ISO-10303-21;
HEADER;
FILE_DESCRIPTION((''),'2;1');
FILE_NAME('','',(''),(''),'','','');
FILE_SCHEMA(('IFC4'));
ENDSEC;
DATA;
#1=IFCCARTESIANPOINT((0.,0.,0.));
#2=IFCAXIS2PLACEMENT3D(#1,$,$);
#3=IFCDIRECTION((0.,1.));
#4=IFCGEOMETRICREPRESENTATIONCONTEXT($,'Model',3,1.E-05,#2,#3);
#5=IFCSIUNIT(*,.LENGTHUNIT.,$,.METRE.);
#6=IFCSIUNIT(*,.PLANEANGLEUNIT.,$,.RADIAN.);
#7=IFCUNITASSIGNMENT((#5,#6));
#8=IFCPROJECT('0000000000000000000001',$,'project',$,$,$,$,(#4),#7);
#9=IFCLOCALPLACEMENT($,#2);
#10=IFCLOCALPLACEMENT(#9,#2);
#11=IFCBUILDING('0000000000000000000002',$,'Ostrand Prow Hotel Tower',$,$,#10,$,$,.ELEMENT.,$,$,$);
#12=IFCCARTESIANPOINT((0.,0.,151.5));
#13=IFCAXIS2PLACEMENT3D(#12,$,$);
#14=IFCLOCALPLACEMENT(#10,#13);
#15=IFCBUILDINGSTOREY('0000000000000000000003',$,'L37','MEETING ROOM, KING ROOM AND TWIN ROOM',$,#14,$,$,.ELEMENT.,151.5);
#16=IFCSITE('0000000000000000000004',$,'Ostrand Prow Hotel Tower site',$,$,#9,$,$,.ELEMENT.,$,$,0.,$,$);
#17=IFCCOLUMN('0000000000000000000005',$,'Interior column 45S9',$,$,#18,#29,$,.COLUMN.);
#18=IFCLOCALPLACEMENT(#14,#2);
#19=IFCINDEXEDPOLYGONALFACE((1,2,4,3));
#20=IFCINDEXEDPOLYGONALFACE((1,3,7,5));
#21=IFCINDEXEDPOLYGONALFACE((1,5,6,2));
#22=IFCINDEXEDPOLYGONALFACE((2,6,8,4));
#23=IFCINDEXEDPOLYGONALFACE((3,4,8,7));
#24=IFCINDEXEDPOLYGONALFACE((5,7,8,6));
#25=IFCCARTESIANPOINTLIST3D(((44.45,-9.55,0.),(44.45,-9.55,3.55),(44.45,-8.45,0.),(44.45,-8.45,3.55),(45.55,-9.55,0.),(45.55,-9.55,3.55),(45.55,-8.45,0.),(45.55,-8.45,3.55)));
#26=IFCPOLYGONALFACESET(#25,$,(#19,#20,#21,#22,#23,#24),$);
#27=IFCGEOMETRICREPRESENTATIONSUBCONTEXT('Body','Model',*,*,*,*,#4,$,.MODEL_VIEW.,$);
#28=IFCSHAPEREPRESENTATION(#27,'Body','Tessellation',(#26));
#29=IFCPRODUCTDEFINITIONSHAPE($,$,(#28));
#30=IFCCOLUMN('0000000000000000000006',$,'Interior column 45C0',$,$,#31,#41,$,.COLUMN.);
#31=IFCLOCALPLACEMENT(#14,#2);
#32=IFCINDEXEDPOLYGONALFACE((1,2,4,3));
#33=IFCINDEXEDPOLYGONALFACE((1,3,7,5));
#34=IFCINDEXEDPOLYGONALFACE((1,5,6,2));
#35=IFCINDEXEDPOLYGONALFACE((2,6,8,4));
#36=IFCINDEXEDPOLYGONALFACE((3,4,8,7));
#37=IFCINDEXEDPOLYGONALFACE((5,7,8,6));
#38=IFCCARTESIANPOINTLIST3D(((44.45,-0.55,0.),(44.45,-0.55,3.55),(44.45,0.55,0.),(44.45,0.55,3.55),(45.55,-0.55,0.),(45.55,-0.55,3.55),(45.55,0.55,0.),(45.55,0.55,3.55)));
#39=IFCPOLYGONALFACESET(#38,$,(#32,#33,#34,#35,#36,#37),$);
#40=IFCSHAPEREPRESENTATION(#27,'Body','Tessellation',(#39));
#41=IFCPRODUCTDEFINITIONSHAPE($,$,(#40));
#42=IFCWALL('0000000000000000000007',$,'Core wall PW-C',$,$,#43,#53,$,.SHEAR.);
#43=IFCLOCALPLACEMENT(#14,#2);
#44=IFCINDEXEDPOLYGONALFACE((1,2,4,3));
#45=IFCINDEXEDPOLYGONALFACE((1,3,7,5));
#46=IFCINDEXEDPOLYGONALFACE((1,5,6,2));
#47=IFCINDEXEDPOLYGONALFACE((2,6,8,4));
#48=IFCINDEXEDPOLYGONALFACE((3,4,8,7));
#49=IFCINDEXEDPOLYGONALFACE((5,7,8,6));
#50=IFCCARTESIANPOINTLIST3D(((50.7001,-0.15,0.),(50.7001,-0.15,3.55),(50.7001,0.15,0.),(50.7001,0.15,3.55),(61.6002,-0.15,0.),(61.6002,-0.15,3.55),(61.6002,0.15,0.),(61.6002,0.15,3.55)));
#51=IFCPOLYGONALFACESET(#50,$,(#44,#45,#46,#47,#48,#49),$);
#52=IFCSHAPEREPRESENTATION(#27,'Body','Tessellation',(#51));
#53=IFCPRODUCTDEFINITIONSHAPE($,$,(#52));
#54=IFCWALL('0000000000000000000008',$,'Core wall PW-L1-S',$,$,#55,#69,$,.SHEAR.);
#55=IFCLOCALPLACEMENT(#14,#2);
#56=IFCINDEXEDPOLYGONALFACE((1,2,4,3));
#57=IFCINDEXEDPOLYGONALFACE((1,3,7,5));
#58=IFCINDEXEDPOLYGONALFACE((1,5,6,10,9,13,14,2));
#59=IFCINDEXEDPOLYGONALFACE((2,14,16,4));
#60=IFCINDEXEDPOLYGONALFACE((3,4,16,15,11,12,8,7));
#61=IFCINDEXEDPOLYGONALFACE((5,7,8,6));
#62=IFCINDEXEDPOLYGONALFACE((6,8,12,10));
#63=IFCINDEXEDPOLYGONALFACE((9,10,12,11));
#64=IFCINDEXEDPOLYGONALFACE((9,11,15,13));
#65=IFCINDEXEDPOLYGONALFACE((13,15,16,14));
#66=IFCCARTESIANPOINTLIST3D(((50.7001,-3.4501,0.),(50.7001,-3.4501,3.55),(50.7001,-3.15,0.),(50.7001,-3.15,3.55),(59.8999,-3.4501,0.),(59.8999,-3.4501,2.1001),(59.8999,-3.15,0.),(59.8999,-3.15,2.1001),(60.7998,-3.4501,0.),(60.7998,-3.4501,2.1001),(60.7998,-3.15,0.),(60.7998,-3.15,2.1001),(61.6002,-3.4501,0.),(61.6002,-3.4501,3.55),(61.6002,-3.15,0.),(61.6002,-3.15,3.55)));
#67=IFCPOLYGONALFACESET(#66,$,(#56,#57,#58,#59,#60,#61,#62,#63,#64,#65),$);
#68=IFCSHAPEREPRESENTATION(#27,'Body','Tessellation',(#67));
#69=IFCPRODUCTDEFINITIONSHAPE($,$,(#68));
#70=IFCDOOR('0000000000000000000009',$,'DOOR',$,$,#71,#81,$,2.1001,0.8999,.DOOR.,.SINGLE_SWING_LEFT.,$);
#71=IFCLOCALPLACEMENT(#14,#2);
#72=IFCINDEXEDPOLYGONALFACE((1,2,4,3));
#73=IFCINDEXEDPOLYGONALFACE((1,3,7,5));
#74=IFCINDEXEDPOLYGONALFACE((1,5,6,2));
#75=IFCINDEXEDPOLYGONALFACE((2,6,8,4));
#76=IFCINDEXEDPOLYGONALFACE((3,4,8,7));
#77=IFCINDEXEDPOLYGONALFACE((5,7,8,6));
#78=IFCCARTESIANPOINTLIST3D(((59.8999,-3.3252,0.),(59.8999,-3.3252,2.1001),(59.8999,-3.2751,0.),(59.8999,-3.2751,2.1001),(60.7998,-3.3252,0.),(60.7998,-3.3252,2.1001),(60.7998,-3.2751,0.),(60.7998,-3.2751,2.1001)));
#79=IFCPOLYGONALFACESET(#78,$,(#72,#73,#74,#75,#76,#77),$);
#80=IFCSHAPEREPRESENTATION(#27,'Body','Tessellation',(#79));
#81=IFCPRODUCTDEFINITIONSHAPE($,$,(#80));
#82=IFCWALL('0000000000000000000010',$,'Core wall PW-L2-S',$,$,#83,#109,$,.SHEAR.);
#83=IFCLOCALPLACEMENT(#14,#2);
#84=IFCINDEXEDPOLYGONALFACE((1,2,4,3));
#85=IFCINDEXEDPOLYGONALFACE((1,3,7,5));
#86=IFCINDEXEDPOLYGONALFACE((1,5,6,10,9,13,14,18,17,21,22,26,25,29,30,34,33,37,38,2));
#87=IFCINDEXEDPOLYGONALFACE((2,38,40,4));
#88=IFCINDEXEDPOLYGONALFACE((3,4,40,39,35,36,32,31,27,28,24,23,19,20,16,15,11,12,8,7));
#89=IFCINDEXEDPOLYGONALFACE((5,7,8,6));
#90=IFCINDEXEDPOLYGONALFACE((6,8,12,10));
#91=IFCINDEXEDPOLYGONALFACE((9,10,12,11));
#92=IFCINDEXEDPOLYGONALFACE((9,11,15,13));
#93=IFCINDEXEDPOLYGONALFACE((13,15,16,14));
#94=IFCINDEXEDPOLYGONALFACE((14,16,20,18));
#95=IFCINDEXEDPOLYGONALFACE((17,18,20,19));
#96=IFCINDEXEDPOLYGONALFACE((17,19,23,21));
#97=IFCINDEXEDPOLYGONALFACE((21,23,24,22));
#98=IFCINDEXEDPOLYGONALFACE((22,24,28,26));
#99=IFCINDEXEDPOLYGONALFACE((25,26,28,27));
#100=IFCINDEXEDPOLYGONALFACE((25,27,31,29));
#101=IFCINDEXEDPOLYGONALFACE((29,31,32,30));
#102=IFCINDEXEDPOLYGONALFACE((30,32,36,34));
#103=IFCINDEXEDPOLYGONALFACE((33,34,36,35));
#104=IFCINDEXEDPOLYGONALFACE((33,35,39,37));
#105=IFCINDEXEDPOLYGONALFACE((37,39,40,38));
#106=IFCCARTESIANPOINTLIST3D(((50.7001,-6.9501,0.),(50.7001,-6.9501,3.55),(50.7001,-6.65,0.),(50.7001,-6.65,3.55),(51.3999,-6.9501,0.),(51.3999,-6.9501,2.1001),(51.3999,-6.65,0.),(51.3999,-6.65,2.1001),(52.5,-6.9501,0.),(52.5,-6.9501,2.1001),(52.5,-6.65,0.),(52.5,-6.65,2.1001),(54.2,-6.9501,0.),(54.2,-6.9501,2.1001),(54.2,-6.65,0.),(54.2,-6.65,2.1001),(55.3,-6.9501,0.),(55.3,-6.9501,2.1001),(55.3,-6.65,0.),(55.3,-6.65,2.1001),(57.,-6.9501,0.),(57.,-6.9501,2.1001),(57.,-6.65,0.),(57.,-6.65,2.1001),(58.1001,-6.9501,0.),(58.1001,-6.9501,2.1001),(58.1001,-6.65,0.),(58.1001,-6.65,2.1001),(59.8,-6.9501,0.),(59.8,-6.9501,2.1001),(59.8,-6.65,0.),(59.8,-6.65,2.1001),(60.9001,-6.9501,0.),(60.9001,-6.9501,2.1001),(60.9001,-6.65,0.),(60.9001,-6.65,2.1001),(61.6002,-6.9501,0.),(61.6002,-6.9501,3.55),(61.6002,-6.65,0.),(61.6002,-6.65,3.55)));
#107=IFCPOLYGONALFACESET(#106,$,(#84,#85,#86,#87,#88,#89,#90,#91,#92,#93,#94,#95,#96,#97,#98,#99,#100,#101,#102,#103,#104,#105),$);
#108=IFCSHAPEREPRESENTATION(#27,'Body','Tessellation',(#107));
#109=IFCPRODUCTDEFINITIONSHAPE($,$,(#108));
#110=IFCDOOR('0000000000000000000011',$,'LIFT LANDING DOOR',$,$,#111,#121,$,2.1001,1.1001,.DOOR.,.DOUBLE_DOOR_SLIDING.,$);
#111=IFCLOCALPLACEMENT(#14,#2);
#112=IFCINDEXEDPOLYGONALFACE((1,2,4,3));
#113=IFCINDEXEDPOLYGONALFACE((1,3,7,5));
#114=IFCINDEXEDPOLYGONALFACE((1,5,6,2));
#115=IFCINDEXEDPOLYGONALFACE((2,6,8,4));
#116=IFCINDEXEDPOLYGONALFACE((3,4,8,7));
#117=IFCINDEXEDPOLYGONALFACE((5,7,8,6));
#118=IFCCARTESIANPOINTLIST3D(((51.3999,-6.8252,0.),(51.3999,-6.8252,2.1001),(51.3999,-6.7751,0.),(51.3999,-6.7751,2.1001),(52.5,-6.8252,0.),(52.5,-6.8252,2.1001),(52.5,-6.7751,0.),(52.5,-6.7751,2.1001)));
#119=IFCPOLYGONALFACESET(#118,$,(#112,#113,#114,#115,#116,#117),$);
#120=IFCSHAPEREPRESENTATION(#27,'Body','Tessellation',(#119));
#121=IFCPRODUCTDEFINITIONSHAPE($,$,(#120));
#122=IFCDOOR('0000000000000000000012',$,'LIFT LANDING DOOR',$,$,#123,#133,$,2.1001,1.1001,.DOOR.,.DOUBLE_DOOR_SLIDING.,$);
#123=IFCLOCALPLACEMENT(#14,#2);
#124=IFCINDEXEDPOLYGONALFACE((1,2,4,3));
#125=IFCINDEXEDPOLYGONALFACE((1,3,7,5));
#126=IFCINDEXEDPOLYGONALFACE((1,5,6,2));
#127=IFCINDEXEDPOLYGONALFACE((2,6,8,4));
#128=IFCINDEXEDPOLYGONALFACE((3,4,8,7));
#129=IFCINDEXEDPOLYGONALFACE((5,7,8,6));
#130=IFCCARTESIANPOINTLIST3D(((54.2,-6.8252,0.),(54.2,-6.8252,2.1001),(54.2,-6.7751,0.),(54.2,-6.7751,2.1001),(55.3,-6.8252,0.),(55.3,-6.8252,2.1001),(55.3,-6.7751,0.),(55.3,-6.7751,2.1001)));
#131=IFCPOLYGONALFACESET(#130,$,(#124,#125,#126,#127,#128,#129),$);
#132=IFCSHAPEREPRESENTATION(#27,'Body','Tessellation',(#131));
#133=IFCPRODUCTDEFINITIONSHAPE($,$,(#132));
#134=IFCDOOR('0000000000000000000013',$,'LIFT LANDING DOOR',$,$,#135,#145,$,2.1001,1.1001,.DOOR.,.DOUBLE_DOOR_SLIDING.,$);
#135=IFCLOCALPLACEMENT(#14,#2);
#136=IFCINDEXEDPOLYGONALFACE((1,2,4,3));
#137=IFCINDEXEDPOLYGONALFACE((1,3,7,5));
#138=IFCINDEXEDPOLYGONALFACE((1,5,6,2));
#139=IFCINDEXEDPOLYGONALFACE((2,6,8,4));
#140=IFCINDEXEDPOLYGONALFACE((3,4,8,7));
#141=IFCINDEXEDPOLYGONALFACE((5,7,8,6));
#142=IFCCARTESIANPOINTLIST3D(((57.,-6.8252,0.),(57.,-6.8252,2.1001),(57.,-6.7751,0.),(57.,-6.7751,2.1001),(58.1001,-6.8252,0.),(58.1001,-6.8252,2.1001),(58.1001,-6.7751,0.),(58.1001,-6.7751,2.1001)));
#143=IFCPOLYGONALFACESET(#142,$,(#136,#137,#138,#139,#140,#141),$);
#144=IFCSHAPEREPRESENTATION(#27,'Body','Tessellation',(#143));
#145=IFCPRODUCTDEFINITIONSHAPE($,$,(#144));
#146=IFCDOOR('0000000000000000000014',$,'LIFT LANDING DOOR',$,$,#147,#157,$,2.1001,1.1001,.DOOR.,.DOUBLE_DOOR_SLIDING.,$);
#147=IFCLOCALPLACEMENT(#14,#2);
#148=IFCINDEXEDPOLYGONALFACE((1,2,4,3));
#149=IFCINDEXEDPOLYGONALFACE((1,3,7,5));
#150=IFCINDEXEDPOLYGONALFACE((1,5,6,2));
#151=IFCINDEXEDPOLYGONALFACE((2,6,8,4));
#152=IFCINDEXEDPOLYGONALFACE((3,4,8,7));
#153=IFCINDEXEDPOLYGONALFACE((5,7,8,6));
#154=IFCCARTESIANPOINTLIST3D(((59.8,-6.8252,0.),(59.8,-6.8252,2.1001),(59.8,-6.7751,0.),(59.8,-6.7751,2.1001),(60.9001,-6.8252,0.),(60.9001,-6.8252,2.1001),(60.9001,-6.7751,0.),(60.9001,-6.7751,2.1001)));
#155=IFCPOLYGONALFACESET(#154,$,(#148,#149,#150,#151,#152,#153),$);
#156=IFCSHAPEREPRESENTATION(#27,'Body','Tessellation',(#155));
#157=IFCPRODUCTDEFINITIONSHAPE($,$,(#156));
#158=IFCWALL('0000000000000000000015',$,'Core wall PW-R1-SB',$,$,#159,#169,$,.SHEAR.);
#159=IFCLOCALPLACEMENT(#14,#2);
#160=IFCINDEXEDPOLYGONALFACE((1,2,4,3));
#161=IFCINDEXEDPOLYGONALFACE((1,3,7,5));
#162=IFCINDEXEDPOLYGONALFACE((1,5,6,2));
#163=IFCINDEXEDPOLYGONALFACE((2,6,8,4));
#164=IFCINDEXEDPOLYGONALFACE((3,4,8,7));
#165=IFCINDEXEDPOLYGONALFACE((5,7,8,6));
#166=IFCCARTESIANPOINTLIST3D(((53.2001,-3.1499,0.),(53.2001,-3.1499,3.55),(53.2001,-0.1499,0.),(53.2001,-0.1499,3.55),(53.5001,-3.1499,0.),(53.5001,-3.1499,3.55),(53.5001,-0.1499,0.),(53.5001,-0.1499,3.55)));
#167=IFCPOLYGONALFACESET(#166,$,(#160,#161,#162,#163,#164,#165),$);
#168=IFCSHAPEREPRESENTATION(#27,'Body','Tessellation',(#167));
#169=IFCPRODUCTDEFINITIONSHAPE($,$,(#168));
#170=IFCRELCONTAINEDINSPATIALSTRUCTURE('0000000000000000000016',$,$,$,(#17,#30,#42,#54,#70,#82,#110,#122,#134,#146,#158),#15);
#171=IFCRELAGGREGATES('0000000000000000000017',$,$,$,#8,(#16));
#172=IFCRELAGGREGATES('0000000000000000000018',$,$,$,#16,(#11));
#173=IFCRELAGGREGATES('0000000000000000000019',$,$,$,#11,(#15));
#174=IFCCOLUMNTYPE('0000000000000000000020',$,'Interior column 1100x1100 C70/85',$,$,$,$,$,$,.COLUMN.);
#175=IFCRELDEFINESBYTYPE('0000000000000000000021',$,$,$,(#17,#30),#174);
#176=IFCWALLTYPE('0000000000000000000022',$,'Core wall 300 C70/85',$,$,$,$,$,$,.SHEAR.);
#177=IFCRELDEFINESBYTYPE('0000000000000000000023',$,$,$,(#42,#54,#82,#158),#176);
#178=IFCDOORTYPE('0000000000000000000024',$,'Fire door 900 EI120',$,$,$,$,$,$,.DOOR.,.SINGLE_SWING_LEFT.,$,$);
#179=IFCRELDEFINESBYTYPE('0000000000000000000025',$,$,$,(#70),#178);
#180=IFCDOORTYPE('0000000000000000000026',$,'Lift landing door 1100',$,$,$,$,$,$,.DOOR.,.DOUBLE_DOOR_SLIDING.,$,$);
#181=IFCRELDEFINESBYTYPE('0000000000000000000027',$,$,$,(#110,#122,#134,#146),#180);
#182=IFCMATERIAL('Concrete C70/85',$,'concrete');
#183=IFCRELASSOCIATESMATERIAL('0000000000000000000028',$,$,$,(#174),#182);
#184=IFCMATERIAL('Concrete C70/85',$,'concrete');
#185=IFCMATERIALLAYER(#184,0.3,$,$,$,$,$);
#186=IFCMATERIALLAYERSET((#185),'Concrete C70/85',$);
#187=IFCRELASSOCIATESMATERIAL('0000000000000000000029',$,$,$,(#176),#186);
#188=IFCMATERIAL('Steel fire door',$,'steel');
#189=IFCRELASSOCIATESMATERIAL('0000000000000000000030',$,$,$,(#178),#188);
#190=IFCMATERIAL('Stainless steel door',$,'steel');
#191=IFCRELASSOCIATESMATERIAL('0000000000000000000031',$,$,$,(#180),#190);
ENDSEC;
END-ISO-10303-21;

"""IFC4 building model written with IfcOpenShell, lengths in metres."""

from ifc_helpers import new_model, si_unit, direction, frame, frame_2d, origin, origin_2d, place, context, subcontext, project, spatial, rectangle, extrude, material, layer, layer_set, material_profile, profile_set, type_object, element, fill, save


model = new_model("IFC4")

# Units and contexts
model_context = context("Model", 3, precision=1e-05, world=origin(), true_north=direction((0.0, 1.0)))
body_context = subcontext(model_context, "Body", "Model", "MODEL_VIEW")
ifc_project = project(units=[si_unit("LENGTHUNIT", "METRE"), si_unit("PLANEANGLEUNIT", "RADIAN")], contexts=[model_context])

# Site, building, storey
site_placement = place(None, origin())
site = spatial("IfcSite", under=ifc_project, at=site_placement, Name="Ostrand Prow Hotel Tower site", CompositionType="ELEMENT", RefElevation=0.0)
building_placement = place(site_placement, origin())
building = spatial("IfcBuilding", under=site, at=building_placement, Name="Ostrand Prow Hotel Tower", CompositionType="ELEMENT")
storey_placement = place(building_placement, frame((0.0, 0.0, 151.5)))
storey = spatial("IfcBuildingStorey", under=building, at=storey_placement, Name="L37", Description="MEETING ROOM, KING ROOM AND TWIN ROOM", CompositionType="ELEMENT", Elevation=151.5)

# Columns
ifc_material_1 = material(Name="Concrete C70/85", Category="concrete")
ifc_material_profile = material_profile(ifc_material_1, rectangle(XDim=1.1001, YDim=1.1001, at=origin_2d()), Name="RC 1100x1100")
ifc_profile_set = profile_set([ifc_material_profile], Name="Concrete C70/85")
column_type = type_object("IfcColumnType", Name="Interior column 1100x1100 C70/85", PredefinedType="COLUMN", material=ifc_profile_set)
for number, where, z_axis, x_axis, name in (
    (1, (45.0, -9.0, 0.0), (0.0, 0.0, 1.0), (1.0, 0.0, 0.0), "Interior column 45S9"),
    (2, (45.0, 0.0, 0.0), (0.0, 0.0, 1.0), (1.0, 0.0, 0.0), "Interior column 45C0"),
):
    element("IfcColumn", number, at=place(storey_placement, frame(where, z_axis=z_axis, x_axis=x_axis)), inside=storey, type_object=column_type, Name=name, PredefinedType="COLUMN", context=body_context, shape_type="SweptSolid", body=[
        extrude(rectangle(XDim=1.1001, YDim=1.1001, at=origin_2d()), origin(), (0.0, 0.0, 1.0), 3.55),
    ])

# Wall
ifc_material_2 = material(Name="Concrete C70/85", Category="concrete")
ifc_layer_1 = layer(ifc_material_2, 0.3)
ifc_layer_set_1 = layer_set([ifc_layer_1], Name="Concrete C70/85")
wall_type_1 = type_object("IfcWallType", Name="Core wall 300 C70/85", PredefinedType="SHEAR", material=ifc_layer_set_1)
wall_1_placement = place(storey_placement, frame((50.7, 0.0, 0.0), z_axis=(0.0, 0.0, 1.0), x_axis=(1.0, 0.0, 0.0)))
element("IfcWall", 3, at=wall_1_placement, inside=storey, type_object=wall_type_1, Name="Core wall PW-C", PredefinedType="SHEAR", context=body_context, shape_type="SweptSolid", body=[
    extrude(rectangle(XDim=10.9001, YDim=0.3, at=frame_2d((5.4502, 0.0))), origin(), (0.0, 0.0, 1.0), 3.55),
])

# Wall, opening, door
wall_2_placement = place(storey_placement, frame((50.7, -3.3, 0.0), z_axis=(0.0, 0.0, 1.0), x_axis=(1.0, 0.0, 0.0)))
wall_2 = element("IfcWall", 4, at=wall_2_placement, inside=storey, type_object=wall_type_1, Name="Core wall PW-L1-S", PredefinedType="SHEAR", context=body_context, shape_type="SweptSolid", body=[
    extrude(rectangle(XDim=10.9001, YDim=0.3, at=frame_2d((5.4502, 0.0))), origin(), (0.0, 0.0, 1.0), 3.55),
])
opening_1_placement = place(wall_2_placement, frame((9.2, 0.0, 0.0)))
opening_1 = element("IfcOpeningElement", 5, at=opening_1_placement, cuts=wall_2, PredefinedType="OPENING", context=body_context, shape_type="SweptSolid", body=[
    extrude(rectangle(XDim=0.8999, YDim=2.1001, at=frame_2d((0.45, 1.05))), frame((0.0, 0.1599, 0.0), z_axis=(0.0, -1.0, 0.0), x_axis=(1.0, 0.0, 0.0)), (0.0, 0.0, 1.0), 0.3201),
])
ifc_material_3 = material(Name="Steel fire door", Category="steel")
door_type_1 = type_object("IfcDoorType", Name="Fire door 900 EI120", OperationType="SINGLE_SWING_LEFT", PredefinedType="DOOR", material=ifc_material_3)
door_1_placement = place(opening_1_placement, origin())
door_1 = element("IfcDoor", 6, at=door_1_placement, inside=storey, type_object=door_type_1, Name="DOOR", OperationType="SINGLE_SWING_LEFT", OverallHeight=2.1001, OverallWidth=0.8999, PredefinedType="DOOR", context=body_context, shape_type="SweptSolid", body=[
    extrude(rectangle(XDim=0.8999, YDim=2.1001, at=frame_2d((0.45, 1.05))), frame((0.0, 0.0249, 0.0), z_axis=(0.0, -1.0, 0.0), x_axis=(1.0, 0.0, 0.0)), (0.0, 0.0, 1.0), 0.05),
])
fill(opening_1, door_1)

# Wall, openings, doors
wall_3_placement = place(storey_placement, frame((50.7, -6.8, 0.0), z_axis=(0.0, 0.0, 1.0), x_axis=(1.0, 0.0, 0.0)))
wall_3 = element("IfcWall", 7, at=wall_3_placement, inside=storey, type_object=wall_type_1, Name="Core wall PW-L2-S", PredefinedType="SHEAR", context=body_context, shape_type="SweptSolid", body=[
    extrude(rectangle(XDim=10.9001, YDim=0.3, at=frame_2d((5.4502, 0.0))), origin(), (0.0, 0.0, 1.0), 3.55),
])
opening_2_placement = place(wall_3_placement, frame((0.7, 0.0, 0.0)))
opening_2 = element("IfcOpeningElement", 8, at=opening_2_placement, cuts=wall_3, PredefinedType="OPENING", context=body_context, shape_type="SweptSolid", body=[
    extrude(rectangle(XDim=1.1001, YDim=2.1001, at=frame_2d((0.55, 1.05))), frame((0.0, 0.1599, 0.0), z_axis=(0.0, -1.0, 0.0), x_axis=(1.0, 0.0, 0.0)), (0.0, 0.0, 1.0), 0.3201),
])
opening_3_placement = place(wall_3_placement, frame((3.5, 0.0, 0.0)))
opening_3 = element("IfcOpeningElement", 9, at=opening_3_placement, cuts=wall_3, PredefinedType="OPENING", context=body_context, shape_type="SweptSolid", body=[
    extrude(rectangle(XDim=1.1001, YDim=2.1001, at=frame_2d((0.55, 1.05))), frame((0.0, 0.1599, 0.0), z_axis=(0.0, -1.0, 0.0), x_axis=(1.0, 0.0, 0.0)), (0.0, 0.0, 1.0), 0.3201),
])
opening_4_placement = place(wall_3_placement, frame((6.3, 0.0, 0.0)))
opening_4 = element("IfcOpeningElement", 10, at=opening_4_placement, cuts=wall_3, PredefinedType="OPENING", context=body_context, shape_type="SweptSolid", body=[
    extrude(rectangle(XDim=1.1001, YDim=2.1001, at=frame_2d((0.55, 1.05))), frame((0.0, 0.1599, 0.0), z_axis=(0.0, -1.0, 0.0), x_axis=(1.0, 0.0, 0.0)), (0.0, 0.0, 1.0), 0.3201),
])
opening_5_placement = place(wall_3_placement, frame((9.1001, 0.0, 0.0)))
opening_5 = element("IfcOpeningElement", 11, at=opening_5_placement, cuts=wall_3, PredefinedType="OPENING", context=body_context, shape_type="SweptSolid", body=[
    extrude(rectangle(XDim=1.1001, YDim=2.1001, at=frame_2d((0.55, 1.05))), frame((0.0, 0.1599, 0.0), z_axis=(0.0, -1.0, 0.0), x_axis=(1.0, 0.0, 0.0)), (0.0, 0.0, 1.0), 0.3201),
])
ifc_material_4 = material(Name="Stainless steel door", Category="steel")
door_type_2 = type_object("IfcDoorType", Name="Lift landing door 1100", OperationType="DOUBLE_DOOR_SLIDING", PredefinedType="DOOR", material=ifc_material_4)
door_2_placement = place(opening_2_placement, origin())
door_2 = element("IfcDoor", 12, at=door_2_placement, inside=storey, type_object=door_type_2, Name="LIFT LANDING DOOR", OperationType="DOUBLE_DOOR_SLIDING", OverallHeight=2.1001, OverallWidth=1.1001, PredefinedType="DOOR", context=body_context, shape_type="SweptSolid", body=[
    extrude(rectangle(XDim=1.1001, YDim=2.1001, at=frame_2d((0.55, 1.05))), frame((0.0, 0.0249, 0.0), z_axis=(0.0, -1.0, 0.0), x_axis=(1.0, 0.0, 0.0)), (0.0, 0.0, 1.0), 0.05),
])
fill(opening_2, door_2)
door_3_placement = place(opening_3_placement, origin())
door_3 = element("IfcDoor", 13, at=door_3_placement, inside=storey, type_object=door_type_2, Name="LIFT LANDING DOOR", OperationType="DOUBLE_DOOR_SLIDING", OverallHeight=2.1001, OverallWidth=1.1001, PredefinedType="DOOR", context=body_context, shape_type="SweptSolid", body=[
    extrude(rectangle(XDim=1.1001, YDim=2.1001, at=frame_2d((0.55, 1.05))), frame((0.0, 0.0249, 0.0), z_axis=(0.0, -1.0, 0.0), x_axis=(1.0, 0.0, 0.0)), (0.0, 0.0, 1.0), 0.05),
])
fill(opening_3, door_3)
door_4_placement = place(opening_4_placement, origin())
door_4 = element("IfcDoor", 14, at=door_4_placement, inside=storey, type_object=door_type_2, Name="LIFT LANDING DOOR", OperationType="DOUBLE_DOOR_SLIDING", OverallHeight=2.1001, OverallWidth=1.1001, PredefinedType="DOOR", context=body_context, shape_type="SweptSolid", body=[
    extrude(rectangle(XDim=1.1001, YDim=2.1001, at=frame_2d((0.55, 1.05))), frame((0.0, 0.0249, 0.0), z_axis=(0.0, -1.0, 0.0), x_axis=(1.0, 0.0, 0.0)), (0.0, 0.0, 1.0), 0.05),
])
fill(opening_4, door_4)
door_5_placement = place(opening_5_placement, origin())
door_5 = element("IfcDoor", 15, at=door_5_placement, inside=storey, type_object=door_type_2, Name="LIFT LANDING DOOR", OperationType="DOUBLE_DOOR_SLIDING", OverallHeight=2.1001, OverallWidth=1.1001, PredefinedType="DOOR", context=body_context, shape_type="SweptSolid", body=[
    extrude(rectangle(XDim=1.1001, YDim=2.1001, at=frame_2d((0.55, 1.05))), frame((0.0, 0.0249, 0.0), z_axis=(0.0, -1.0, 0.0), x_axis=(1.0, 0.0, 0.0)), (0.0, 0.0, 1.0), 0.05),
])
fill(opening_5, door_5)

# Wall
for number, where, z_axis, x_axis, name in (
    (16, (53.3501, -3.1499, 0.0), (0.0, 0.0, 1.0), (0.0, 1.0, 0.0), "Core wall PW-R1-SB"),
):
    element("IfcWall", number, at=place(storey_placement, frame(where, z_axis=z_axis, x_axis=x_axis)), inside=storey, type_object=wall_type_1, Name=name, PredefinedType="SHEAR", context=body_context, shape_type="SweptSolid", body=[
        extrude(rectangle(XDim=3.0, YDim=0.3, at=frame_2d((1.5, 0.0))), origin(), (0.0, 0.0, 1.0), 3.55),
    ])

save(model, "model.ifc")
